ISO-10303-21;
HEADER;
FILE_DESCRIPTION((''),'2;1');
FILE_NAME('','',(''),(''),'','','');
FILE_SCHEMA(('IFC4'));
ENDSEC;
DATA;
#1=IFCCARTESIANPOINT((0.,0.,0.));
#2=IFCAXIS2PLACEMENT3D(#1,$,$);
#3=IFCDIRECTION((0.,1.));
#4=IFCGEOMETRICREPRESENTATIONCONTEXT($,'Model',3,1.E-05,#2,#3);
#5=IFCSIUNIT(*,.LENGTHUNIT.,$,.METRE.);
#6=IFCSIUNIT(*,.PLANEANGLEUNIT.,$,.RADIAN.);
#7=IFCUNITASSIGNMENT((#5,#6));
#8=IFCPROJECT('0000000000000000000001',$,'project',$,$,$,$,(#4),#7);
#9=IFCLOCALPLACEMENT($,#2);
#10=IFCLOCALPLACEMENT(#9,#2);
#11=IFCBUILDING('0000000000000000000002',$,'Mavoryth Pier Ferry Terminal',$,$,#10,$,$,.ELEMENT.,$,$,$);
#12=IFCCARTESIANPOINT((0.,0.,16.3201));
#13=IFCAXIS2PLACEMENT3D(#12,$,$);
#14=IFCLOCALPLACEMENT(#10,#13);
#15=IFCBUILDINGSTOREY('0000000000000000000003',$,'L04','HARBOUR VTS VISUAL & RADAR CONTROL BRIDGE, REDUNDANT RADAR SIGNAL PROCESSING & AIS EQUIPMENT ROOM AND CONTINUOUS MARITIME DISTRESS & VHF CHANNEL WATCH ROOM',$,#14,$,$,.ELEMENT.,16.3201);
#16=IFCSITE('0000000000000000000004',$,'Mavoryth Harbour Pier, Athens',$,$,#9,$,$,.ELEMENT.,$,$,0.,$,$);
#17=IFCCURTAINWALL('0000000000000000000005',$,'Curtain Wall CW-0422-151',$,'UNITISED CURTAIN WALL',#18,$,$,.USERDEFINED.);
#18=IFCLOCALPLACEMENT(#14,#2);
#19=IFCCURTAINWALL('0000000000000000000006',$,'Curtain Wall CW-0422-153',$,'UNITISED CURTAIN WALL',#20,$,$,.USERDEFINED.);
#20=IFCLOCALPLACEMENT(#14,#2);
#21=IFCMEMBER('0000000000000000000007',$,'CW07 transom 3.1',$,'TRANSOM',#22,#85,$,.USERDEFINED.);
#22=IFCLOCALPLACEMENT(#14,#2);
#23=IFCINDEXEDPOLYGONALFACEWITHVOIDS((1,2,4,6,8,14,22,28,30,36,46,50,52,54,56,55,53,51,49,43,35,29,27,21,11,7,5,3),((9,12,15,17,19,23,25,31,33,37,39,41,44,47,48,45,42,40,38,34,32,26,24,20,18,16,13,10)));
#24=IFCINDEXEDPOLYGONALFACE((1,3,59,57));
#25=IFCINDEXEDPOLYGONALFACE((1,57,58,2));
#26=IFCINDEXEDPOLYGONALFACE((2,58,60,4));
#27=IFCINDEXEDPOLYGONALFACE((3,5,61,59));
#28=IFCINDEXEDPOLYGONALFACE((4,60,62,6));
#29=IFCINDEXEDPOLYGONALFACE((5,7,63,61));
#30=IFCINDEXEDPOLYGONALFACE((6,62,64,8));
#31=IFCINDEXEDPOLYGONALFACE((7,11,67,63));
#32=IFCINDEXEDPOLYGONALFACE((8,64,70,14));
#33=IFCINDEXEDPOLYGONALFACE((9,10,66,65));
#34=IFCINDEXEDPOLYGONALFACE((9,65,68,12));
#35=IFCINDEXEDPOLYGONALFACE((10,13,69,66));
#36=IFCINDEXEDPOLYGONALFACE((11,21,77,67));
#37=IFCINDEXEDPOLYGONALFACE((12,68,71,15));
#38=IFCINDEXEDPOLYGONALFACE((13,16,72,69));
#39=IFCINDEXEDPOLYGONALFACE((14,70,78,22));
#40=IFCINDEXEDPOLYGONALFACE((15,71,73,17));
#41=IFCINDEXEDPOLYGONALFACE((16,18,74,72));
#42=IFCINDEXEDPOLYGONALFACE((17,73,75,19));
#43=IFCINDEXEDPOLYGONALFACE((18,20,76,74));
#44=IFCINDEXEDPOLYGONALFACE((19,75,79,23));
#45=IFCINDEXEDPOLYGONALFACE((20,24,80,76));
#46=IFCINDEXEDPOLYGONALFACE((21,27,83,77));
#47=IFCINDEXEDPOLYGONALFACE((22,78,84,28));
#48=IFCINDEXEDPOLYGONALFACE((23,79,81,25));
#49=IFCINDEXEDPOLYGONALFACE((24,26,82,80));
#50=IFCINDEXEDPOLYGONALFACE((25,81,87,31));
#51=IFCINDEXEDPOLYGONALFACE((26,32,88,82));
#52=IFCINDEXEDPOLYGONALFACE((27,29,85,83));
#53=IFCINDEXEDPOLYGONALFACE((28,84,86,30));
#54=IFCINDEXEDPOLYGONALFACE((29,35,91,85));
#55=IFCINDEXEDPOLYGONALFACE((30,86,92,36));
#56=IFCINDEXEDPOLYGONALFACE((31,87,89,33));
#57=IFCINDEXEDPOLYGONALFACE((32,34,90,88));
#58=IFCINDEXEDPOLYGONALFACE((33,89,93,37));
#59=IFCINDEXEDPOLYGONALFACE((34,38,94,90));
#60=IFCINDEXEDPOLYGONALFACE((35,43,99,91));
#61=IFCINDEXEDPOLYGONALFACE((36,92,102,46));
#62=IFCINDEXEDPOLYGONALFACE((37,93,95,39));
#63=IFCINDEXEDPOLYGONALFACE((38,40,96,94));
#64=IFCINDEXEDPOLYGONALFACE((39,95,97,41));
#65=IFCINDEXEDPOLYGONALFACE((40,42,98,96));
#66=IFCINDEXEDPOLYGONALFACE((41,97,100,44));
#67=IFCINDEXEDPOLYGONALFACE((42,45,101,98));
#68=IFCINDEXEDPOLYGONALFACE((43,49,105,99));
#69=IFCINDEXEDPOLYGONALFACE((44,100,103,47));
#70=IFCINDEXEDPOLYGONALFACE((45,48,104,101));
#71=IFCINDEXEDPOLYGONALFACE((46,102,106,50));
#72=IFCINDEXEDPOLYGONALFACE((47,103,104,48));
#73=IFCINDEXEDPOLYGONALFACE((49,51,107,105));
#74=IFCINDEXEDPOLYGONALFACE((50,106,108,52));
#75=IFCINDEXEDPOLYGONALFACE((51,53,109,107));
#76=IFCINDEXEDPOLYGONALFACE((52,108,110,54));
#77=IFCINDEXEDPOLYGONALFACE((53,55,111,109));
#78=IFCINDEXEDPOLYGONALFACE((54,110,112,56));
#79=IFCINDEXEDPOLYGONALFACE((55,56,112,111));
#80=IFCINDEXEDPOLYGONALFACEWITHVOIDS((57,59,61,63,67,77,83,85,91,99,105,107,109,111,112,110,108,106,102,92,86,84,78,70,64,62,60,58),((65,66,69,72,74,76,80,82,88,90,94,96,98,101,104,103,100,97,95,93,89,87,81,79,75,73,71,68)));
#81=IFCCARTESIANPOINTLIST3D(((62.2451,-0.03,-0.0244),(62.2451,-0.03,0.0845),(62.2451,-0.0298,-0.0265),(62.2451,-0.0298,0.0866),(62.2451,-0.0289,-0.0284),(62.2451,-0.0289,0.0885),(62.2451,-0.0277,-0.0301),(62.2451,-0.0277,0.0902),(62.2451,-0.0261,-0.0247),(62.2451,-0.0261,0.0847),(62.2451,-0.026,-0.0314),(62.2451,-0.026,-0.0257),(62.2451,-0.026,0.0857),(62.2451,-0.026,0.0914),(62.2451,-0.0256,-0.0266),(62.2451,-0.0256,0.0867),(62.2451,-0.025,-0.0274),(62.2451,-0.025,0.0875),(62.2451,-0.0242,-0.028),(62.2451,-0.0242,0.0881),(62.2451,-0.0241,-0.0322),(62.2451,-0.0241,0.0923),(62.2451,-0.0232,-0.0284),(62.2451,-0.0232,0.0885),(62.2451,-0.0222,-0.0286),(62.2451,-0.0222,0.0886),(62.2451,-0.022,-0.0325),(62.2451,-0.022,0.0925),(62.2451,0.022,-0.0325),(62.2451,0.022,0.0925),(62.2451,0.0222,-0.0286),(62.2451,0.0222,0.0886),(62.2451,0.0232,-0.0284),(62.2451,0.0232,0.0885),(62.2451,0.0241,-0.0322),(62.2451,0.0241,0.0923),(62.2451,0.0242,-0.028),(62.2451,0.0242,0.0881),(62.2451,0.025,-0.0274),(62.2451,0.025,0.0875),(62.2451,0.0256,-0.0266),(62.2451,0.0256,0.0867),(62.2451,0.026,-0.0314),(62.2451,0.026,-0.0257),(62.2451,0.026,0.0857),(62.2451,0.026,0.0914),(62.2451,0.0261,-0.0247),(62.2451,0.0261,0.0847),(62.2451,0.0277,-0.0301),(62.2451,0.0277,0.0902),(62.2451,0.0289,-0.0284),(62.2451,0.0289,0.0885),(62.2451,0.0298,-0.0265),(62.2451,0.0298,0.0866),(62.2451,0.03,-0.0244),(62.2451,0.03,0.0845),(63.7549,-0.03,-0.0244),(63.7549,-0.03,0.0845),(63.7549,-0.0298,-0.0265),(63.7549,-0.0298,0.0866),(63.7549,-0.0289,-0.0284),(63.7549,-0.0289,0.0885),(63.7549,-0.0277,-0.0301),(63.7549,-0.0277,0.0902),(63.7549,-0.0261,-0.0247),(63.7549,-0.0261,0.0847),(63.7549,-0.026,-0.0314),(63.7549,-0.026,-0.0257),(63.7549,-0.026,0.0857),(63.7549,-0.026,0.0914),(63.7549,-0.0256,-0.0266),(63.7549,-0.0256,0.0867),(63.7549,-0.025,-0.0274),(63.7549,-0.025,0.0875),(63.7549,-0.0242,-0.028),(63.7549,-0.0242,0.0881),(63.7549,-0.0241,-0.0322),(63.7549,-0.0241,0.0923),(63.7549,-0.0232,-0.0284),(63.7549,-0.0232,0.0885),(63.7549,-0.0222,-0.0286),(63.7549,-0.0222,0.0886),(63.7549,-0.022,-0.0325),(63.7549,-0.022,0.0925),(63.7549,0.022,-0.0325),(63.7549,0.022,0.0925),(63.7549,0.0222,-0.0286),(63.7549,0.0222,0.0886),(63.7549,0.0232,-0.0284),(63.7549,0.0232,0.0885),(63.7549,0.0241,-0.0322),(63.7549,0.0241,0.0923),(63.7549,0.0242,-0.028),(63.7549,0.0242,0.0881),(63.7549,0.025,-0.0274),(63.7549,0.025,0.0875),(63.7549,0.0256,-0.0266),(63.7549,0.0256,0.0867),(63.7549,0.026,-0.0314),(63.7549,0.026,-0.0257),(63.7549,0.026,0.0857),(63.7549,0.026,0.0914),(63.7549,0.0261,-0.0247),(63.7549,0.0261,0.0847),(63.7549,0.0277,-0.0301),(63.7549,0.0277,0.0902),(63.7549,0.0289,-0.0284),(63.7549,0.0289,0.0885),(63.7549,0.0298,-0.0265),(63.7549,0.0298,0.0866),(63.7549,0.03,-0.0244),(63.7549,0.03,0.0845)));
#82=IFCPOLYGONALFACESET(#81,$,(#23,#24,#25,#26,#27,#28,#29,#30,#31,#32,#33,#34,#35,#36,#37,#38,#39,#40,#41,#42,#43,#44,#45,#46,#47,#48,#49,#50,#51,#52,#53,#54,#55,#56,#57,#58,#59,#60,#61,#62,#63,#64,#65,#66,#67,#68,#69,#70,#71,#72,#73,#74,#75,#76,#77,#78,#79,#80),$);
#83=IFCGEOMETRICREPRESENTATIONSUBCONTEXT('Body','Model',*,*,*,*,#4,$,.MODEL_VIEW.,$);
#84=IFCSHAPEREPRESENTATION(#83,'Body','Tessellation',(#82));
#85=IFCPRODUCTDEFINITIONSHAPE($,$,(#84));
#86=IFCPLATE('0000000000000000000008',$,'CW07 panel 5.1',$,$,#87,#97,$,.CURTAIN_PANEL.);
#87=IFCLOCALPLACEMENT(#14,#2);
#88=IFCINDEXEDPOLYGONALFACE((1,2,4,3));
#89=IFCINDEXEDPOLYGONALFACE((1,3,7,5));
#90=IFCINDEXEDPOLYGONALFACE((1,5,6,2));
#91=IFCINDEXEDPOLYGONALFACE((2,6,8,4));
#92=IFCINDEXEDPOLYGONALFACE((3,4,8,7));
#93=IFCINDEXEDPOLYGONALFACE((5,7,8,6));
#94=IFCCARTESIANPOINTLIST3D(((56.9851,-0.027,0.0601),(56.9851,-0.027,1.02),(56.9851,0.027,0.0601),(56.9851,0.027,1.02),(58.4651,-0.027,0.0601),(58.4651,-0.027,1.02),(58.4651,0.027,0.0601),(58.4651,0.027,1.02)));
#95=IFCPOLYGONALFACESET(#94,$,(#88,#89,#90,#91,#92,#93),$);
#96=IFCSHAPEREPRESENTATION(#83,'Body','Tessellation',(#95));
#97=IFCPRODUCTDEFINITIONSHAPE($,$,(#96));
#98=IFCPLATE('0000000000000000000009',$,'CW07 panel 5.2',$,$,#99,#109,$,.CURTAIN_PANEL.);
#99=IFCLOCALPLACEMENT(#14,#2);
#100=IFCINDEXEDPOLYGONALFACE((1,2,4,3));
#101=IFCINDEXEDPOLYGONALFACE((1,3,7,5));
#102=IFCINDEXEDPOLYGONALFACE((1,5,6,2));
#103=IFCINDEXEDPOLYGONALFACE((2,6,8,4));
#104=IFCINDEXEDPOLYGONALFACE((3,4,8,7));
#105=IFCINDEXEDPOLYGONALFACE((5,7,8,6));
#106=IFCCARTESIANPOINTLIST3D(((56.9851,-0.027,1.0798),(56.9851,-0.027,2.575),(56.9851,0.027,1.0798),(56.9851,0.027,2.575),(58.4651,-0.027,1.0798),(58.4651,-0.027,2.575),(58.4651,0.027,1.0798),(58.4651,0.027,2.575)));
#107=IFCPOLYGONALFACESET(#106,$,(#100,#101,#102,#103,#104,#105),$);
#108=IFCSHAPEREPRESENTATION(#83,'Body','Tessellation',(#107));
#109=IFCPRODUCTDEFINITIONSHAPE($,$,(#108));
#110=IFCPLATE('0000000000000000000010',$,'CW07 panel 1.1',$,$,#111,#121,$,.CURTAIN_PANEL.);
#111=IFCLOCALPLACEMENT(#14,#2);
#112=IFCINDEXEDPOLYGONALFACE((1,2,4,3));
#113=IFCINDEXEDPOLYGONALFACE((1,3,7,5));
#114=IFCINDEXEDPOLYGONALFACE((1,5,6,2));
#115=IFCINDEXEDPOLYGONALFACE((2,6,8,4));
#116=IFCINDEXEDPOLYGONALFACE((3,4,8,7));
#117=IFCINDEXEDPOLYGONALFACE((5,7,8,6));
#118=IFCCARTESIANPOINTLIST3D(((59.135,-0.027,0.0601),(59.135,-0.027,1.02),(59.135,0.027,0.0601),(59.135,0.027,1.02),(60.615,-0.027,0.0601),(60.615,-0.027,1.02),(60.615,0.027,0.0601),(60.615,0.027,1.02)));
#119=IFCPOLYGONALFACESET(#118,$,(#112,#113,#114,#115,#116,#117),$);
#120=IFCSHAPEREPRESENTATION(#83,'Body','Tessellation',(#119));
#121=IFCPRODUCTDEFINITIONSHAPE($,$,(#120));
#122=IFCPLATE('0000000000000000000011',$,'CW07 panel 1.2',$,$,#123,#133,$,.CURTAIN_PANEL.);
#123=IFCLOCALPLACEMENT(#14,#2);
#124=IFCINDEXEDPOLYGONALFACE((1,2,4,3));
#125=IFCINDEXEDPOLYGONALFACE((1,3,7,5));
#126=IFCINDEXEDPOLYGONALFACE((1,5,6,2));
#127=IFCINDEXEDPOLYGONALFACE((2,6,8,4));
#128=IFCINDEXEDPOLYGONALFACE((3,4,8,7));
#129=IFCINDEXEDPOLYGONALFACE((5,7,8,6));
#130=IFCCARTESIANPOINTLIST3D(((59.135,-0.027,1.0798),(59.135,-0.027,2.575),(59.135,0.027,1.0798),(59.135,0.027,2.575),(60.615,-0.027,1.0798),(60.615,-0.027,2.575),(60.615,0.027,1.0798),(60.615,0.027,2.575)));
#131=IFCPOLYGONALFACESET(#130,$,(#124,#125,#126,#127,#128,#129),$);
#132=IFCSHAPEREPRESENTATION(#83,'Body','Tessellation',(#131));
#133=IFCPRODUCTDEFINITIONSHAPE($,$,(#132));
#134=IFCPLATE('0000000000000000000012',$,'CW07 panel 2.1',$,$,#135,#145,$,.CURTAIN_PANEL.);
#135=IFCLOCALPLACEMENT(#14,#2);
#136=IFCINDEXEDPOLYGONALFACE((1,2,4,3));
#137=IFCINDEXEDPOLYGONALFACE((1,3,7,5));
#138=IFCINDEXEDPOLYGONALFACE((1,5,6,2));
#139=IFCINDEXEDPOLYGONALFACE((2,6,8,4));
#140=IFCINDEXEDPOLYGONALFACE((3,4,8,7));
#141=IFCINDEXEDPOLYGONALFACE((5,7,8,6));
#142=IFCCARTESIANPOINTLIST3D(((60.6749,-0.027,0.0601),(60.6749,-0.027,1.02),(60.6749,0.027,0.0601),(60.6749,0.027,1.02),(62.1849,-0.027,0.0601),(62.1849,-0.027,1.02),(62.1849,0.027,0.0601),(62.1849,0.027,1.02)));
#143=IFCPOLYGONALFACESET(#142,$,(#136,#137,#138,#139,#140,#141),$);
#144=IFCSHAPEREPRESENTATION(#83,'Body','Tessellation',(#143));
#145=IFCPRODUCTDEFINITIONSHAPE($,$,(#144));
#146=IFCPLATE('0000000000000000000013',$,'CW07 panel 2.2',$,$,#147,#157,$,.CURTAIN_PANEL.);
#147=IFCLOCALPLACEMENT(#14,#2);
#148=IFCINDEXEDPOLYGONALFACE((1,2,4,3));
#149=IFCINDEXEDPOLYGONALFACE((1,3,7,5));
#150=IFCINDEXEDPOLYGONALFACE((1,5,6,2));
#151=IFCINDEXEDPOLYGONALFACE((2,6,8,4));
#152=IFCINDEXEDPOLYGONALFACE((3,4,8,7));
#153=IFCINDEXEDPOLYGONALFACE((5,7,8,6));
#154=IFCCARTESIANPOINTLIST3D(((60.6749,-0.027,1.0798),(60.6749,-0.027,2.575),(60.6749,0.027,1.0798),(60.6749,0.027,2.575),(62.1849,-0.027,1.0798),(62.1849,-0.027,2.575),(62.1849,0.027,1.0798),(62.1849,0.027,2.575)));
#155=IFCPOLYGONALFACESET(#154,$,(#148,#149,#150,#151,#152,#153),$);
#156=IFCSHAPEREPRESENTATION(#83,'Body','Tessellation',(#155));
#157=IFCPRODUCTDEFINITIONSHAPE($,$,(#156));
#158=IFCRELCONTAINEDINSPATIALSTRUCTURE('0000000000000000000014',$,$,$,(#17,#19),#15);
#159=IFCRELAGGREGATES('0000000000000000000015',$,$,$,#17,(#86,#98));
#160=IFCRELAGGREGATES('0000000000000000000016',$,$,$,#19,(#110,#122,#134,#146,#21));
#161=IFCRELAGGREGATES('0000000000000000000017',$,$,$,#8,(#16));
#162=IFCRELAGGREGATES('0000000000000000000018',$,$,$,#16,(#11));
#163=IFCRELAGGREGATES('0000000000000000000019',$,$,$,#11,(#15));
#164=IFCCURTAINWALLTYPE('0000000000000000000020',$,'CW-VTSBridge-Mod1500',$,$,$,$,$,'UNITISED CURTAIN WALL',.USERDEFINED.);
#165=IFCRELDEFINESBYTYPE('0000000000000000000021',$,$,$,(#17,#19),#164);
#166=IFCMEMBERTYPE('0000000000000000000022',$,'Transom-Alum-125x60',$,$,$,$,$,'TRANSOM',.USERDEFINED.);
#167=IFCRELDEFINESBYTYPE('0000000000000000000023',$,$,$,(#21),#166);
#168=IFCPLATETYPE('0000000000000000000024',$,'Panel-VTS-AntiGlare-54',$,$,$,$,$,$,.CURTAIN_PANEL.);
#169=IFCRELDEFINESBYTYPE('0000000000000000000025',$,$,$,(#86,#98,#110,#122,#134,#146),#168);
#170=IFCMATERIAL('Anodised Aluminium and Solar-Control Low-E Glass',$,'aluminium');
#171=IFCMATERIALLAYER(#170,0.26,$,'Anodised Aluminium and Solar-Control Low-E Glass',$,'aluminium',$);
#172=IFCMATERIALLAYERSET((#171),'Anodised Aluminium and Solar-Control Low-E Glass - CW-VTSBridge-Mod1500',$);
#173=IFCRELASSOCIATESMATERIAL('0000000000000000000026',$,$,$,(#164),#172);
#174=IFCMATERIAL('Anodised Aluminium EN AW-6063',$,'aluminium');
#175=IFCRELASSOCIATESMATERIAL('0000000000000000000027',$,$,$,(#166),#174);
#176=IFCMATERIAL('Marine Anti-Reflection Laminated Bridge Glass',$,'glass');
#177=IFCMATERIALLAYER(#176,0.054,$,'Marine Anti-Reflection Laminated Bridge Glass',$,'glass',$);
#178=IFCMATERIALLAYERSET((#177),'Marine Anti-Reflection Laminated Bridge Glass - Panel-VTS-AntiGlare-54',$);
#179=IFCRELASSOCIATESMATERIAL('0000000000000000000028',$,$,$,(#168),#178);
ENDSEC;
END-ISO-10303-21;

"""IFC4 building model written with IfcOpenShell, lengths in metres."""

from ifc_helpers import new_model, si_unit, direction, frame, origin, origin_2d, place, context, subcontext, project, spatial, rectangle, hollow_rectangle, extrude, material, layer, layer_set, material_profile, profile_set, type_object, element, aggregate, save


model = new_model("IFC4")

# Units and contexts
model_context = context("Model", 3, precision=1e-05, world=origin(), true_north=direction((0.0, 1.0)))
body_context = subcontext(model_context, "Body", "Model", "MODEL_VIEW")
ifc_project = project(units=[si_unit("LENGTHUNIT", "METRE"), si_unit("PLANEANGLEUNIT", "RADIAN")], contexts=[model_context])

# Site, building, storey
site_placement = place(None, origin())
site = spatial("IfcSite", under=ifc_project, at=site_placement, Name="Mavoryth Harbour Pier, Athens", CompositionType="ELEMENT", RefElevation=0.0)
building_placement = place(site_placement, origin())
building = spatial("IfcBuilding", under=site, at=building_placement, Name="Mavoryth Pier Ferry Terminal", CompositionType="ELEMENT")
storey_placement = place(building_placement, frame((0.0, 0.0, 16.3201)))
storey = spatial("IfcBuildingStorey", under=building, at=storey_placement, Name="L04", Description="HARBOUR VTS VISUAL & RADAR CONTROL BRIDGE, REDUNDANT RADAR SIGNAL PROCESSING & AIS EQUIPMENT ROOM AND CONTINUOUS MARITIME DISTRESS & VHF CHANNEL WATCH ROOM", CompositionType="ELEMENT", Elevation=16.3201)

# Curtain wall
ifc_material_1 = material(Name="Anodised Aluminium and Solar-Control Low-E Glass", Category="aluminium")
ifc_layer_1 = layer(ifc_material_1, 0.26, Name="Anodised Aluminium and Solar-Control Low-E Glass", Category="aluminium")
ifc_layer_set_1 = layer_set([ifc_layer_1], Name="Anodised Aluminium and Solar-Control Low-E Glass - CW-VTSBridge-Mod1500")
curtain_wall_type = type_object("IfcCurtainWallType", Name="CW-VTSBridge-Mod1500", ElementType="UNITISED CURTAIN WALL", PredefinedType="USERDEFINED", material=ifc_layer_set_1)
curtain_wall_1_placement = place(storey_placement, origin())
curtain_wall_1 = element("IfcCurtainWall", 1, at=curtain_wall_1_placement, inside=storey, type_object=curtain_wall_type, Name="Curtain Wall CW-0422-151", ObjectType="UNITISED CURTAIN WALL", PredefinedType="USERDEFINED")
ifc_material_2 = material(Name="Anodised Aluminium EN AW-6063", Category="aluminium")

# Curtain wall
curtain_wall_2_placement = place(storey_placement, origin())
curtain_wall_2 = element("IfcCurtainWall", 2, at=curtain_wall_2_placement, inside=storey, type_object=curtain_wall_type, Name="Curtain Wall CW-0422-153", ObjectType="UNITISED CURTAIN WALL", PredefinedType="USERDEFINED")

# Member
ifc_material_profile_1 = material_profile(ifc_material_2, hollow_rectangle(XDim=0.0601, YDim=0.125, WallThickness=0.0039, InnerFilletRadius=0.0039, OuterFilletRadius=0.0081, at=origin_2d()), Name="AL-TRAN 125x60x4", Category="aluminium")
ifc_profile_set_1 = profile_set([ifc_material_profile_1], Name="Anodised Aluminium EN AW-6063 - AL-TRAN 125x60x4")
member_type_1 = type_object("IfcMemberType", Name="Transom-Alum-125x60", ElementType="TRANSOM", PredefinedType="USERDEFINED", material=ifc_profile_set_1)
member_1_placement = place(storey_placement, frame((62.2451, 0.0, 0.03), z_axis=(1.0, 0.0, 0.0), x_axis=(0.0, 1.0, 0.0)))
member_1 = element("IfcMember", 3, at=member_1_placement, type_object=member_type_1, Name="CW07 transom 3.1", ObjectType="TRANSOM", PredefinedType="USERDEFINED", context=body_context, shape_type="SweptSolid", body=[
    extrude(hollow_rectangle(XDim=0.0601, YDim=0.125, WallThickness=0.0039, InnerFilletRadius=0.0039, OuterFilletRadius=0.0081, at=origin_2d()), origin(), (0.0, 0.0, 1.0), 1.5098),
])

# Plates
ifc_material_3 = material(Name="Marine Anti-Reflection Laminated Bridge Glass", Category="glass")
ifc_layer_2 = layer(ifc_material_3, 0.054, Name="Marine Anti-Reflection Laminated Bridge Glass", Category="glass")
ifc_layer_set_2 = layer_set([ifc_layer_2], Name="Marine Anti-Reflection Laminated Bridge Glass - Panel-VTS-AntiGlare-54")
plate_type = type_object("IfcPlateType", Name="Panel-VTS-AntiGlare-54", PredefinedType="CURTAIN_PANEL", material=ifc_layer_set_2)
plate_1_placement = place(storey_placement, frame((57.7251, 0.0, 0.0601), z_axis=(0.0, 0.0, 1.0), x_axis=(1.0, 0.0, 0.0)))
plate_1 = element("IfcPlate", 4, at=plate_1_placement, type_object=plate_type, Name="CW07 panel 5.1", PredefinedType="CURTAIN_PANEL", context=body_context, shape_type="SweptSolid", body=[
    extrude(rectangle(XDim=1.48, YDim=0.054, at=origin_2d()), origin(), (0.0, 0.0, 1.0), 0.96),
])
plate_2_placement = place(storey_placement, frame((57.7251, 0.0, 1.0798), z_axis=(0.0, 0.0, 1.0), x_axis=(1.0, 0.0, 0.0)))
plate_2 = element("IfcPlate", 5, at=plate_2_placement, type_object=plate_type, Name="CW07 panel 5.2", PredefinedType="CURTAIN_PANEL", context=body_context, shape_type="SweptSolid", body=[
    extrude(rectangle(XDim=1.48, YDim=0.054, at=origin_2d()), origin(), (0.0, 0.0, 1.0), 1.4951),
])
aggregate(curtain_wall_1, [plate_1, plate_2])
plate_3_placement = place(storey_placement, frame((59.875, 0.0, 0.0601), z_axis=(0.0, 0.0, 1.0), x_axis=(1.0, 0.0, 0.0)))
plate_3 = element("IfcPlate", 6, at=plate_3_placement, type_object=plate_type, Name="CW07 panel 1.1", PredefinedType="CURTAIN_PANEL", context=body_context, shape_type="SweptSolid", body=[
    extrude(rectangle(XDim=1.48, YDim=0.054, at=origin_2d()), origin(), (0.0, 0.0, 1.0), 0.96),
])
plate_4_placement = place(storey_placement, frame((59.875, 0.0, 1.0798), z_axis=(0.0, 0.0, 1.0), x_axis=(1.0, 0.0, 0.0)))
plate_4 = element("IfcPlate", 7, at=plate_4_placement, type_object=plate_type, Name="CW07 panel 1.2", PredefinedType="CURTAIN_PANEL", context=body_context, shape_type="SweptSolid", body=[
    extrude(rectangle(XDim=1.48, YDim=0.054, at=origin_2d()), origin(), (0.0, 0.0, 1.0), 1.4951),
])
plate_5_placement = place(storey_placement, frame((61.4299, 0.0, 0.0601), z_axis=(0.0, 0.0, 1.0), x_axis=(1.0, 0.0, 0.0)))
plate_5 = element("IfcPlate", 8, at=plate_5_placement, type_object=plate_type, Name="CW07 panel 2.1", PredefinedType="CURTAIN_PANEL", context=body_context, shape_type="SweptSolid", body=[
    extrude(rectangle(XDim=1.51, YDim=0.054, at=origin_2d()), origin(), (0.0, 0.0, 1.0), 0.96),
])
plate_6_placement = place(storey_placement, frame((61.4299, 0.0, 1.0798), z_axis=(0.0, 0.0, 1.0), x_axis=(1.0, 0.0, 0.0)))
plate_6 = element("IfcPlate", 9, at=plate_6_placement, type_object=plate_type, Name="CW07 panel 2.2", PredefinedType="CURTAIN_PANEL", context=body_context, shape_type="SweptSolid", body=[
    extrude(rectangle(XDim=1.51, YDim=0.054, at=origin_2d()), origin(), (0.0, 0.0, 1.0), 1.4951),
])
aggregate(curtain_wall_2, [plate_3, plate_4, plate_5, plate_6, member_1])

save(model, "model.ifc")
